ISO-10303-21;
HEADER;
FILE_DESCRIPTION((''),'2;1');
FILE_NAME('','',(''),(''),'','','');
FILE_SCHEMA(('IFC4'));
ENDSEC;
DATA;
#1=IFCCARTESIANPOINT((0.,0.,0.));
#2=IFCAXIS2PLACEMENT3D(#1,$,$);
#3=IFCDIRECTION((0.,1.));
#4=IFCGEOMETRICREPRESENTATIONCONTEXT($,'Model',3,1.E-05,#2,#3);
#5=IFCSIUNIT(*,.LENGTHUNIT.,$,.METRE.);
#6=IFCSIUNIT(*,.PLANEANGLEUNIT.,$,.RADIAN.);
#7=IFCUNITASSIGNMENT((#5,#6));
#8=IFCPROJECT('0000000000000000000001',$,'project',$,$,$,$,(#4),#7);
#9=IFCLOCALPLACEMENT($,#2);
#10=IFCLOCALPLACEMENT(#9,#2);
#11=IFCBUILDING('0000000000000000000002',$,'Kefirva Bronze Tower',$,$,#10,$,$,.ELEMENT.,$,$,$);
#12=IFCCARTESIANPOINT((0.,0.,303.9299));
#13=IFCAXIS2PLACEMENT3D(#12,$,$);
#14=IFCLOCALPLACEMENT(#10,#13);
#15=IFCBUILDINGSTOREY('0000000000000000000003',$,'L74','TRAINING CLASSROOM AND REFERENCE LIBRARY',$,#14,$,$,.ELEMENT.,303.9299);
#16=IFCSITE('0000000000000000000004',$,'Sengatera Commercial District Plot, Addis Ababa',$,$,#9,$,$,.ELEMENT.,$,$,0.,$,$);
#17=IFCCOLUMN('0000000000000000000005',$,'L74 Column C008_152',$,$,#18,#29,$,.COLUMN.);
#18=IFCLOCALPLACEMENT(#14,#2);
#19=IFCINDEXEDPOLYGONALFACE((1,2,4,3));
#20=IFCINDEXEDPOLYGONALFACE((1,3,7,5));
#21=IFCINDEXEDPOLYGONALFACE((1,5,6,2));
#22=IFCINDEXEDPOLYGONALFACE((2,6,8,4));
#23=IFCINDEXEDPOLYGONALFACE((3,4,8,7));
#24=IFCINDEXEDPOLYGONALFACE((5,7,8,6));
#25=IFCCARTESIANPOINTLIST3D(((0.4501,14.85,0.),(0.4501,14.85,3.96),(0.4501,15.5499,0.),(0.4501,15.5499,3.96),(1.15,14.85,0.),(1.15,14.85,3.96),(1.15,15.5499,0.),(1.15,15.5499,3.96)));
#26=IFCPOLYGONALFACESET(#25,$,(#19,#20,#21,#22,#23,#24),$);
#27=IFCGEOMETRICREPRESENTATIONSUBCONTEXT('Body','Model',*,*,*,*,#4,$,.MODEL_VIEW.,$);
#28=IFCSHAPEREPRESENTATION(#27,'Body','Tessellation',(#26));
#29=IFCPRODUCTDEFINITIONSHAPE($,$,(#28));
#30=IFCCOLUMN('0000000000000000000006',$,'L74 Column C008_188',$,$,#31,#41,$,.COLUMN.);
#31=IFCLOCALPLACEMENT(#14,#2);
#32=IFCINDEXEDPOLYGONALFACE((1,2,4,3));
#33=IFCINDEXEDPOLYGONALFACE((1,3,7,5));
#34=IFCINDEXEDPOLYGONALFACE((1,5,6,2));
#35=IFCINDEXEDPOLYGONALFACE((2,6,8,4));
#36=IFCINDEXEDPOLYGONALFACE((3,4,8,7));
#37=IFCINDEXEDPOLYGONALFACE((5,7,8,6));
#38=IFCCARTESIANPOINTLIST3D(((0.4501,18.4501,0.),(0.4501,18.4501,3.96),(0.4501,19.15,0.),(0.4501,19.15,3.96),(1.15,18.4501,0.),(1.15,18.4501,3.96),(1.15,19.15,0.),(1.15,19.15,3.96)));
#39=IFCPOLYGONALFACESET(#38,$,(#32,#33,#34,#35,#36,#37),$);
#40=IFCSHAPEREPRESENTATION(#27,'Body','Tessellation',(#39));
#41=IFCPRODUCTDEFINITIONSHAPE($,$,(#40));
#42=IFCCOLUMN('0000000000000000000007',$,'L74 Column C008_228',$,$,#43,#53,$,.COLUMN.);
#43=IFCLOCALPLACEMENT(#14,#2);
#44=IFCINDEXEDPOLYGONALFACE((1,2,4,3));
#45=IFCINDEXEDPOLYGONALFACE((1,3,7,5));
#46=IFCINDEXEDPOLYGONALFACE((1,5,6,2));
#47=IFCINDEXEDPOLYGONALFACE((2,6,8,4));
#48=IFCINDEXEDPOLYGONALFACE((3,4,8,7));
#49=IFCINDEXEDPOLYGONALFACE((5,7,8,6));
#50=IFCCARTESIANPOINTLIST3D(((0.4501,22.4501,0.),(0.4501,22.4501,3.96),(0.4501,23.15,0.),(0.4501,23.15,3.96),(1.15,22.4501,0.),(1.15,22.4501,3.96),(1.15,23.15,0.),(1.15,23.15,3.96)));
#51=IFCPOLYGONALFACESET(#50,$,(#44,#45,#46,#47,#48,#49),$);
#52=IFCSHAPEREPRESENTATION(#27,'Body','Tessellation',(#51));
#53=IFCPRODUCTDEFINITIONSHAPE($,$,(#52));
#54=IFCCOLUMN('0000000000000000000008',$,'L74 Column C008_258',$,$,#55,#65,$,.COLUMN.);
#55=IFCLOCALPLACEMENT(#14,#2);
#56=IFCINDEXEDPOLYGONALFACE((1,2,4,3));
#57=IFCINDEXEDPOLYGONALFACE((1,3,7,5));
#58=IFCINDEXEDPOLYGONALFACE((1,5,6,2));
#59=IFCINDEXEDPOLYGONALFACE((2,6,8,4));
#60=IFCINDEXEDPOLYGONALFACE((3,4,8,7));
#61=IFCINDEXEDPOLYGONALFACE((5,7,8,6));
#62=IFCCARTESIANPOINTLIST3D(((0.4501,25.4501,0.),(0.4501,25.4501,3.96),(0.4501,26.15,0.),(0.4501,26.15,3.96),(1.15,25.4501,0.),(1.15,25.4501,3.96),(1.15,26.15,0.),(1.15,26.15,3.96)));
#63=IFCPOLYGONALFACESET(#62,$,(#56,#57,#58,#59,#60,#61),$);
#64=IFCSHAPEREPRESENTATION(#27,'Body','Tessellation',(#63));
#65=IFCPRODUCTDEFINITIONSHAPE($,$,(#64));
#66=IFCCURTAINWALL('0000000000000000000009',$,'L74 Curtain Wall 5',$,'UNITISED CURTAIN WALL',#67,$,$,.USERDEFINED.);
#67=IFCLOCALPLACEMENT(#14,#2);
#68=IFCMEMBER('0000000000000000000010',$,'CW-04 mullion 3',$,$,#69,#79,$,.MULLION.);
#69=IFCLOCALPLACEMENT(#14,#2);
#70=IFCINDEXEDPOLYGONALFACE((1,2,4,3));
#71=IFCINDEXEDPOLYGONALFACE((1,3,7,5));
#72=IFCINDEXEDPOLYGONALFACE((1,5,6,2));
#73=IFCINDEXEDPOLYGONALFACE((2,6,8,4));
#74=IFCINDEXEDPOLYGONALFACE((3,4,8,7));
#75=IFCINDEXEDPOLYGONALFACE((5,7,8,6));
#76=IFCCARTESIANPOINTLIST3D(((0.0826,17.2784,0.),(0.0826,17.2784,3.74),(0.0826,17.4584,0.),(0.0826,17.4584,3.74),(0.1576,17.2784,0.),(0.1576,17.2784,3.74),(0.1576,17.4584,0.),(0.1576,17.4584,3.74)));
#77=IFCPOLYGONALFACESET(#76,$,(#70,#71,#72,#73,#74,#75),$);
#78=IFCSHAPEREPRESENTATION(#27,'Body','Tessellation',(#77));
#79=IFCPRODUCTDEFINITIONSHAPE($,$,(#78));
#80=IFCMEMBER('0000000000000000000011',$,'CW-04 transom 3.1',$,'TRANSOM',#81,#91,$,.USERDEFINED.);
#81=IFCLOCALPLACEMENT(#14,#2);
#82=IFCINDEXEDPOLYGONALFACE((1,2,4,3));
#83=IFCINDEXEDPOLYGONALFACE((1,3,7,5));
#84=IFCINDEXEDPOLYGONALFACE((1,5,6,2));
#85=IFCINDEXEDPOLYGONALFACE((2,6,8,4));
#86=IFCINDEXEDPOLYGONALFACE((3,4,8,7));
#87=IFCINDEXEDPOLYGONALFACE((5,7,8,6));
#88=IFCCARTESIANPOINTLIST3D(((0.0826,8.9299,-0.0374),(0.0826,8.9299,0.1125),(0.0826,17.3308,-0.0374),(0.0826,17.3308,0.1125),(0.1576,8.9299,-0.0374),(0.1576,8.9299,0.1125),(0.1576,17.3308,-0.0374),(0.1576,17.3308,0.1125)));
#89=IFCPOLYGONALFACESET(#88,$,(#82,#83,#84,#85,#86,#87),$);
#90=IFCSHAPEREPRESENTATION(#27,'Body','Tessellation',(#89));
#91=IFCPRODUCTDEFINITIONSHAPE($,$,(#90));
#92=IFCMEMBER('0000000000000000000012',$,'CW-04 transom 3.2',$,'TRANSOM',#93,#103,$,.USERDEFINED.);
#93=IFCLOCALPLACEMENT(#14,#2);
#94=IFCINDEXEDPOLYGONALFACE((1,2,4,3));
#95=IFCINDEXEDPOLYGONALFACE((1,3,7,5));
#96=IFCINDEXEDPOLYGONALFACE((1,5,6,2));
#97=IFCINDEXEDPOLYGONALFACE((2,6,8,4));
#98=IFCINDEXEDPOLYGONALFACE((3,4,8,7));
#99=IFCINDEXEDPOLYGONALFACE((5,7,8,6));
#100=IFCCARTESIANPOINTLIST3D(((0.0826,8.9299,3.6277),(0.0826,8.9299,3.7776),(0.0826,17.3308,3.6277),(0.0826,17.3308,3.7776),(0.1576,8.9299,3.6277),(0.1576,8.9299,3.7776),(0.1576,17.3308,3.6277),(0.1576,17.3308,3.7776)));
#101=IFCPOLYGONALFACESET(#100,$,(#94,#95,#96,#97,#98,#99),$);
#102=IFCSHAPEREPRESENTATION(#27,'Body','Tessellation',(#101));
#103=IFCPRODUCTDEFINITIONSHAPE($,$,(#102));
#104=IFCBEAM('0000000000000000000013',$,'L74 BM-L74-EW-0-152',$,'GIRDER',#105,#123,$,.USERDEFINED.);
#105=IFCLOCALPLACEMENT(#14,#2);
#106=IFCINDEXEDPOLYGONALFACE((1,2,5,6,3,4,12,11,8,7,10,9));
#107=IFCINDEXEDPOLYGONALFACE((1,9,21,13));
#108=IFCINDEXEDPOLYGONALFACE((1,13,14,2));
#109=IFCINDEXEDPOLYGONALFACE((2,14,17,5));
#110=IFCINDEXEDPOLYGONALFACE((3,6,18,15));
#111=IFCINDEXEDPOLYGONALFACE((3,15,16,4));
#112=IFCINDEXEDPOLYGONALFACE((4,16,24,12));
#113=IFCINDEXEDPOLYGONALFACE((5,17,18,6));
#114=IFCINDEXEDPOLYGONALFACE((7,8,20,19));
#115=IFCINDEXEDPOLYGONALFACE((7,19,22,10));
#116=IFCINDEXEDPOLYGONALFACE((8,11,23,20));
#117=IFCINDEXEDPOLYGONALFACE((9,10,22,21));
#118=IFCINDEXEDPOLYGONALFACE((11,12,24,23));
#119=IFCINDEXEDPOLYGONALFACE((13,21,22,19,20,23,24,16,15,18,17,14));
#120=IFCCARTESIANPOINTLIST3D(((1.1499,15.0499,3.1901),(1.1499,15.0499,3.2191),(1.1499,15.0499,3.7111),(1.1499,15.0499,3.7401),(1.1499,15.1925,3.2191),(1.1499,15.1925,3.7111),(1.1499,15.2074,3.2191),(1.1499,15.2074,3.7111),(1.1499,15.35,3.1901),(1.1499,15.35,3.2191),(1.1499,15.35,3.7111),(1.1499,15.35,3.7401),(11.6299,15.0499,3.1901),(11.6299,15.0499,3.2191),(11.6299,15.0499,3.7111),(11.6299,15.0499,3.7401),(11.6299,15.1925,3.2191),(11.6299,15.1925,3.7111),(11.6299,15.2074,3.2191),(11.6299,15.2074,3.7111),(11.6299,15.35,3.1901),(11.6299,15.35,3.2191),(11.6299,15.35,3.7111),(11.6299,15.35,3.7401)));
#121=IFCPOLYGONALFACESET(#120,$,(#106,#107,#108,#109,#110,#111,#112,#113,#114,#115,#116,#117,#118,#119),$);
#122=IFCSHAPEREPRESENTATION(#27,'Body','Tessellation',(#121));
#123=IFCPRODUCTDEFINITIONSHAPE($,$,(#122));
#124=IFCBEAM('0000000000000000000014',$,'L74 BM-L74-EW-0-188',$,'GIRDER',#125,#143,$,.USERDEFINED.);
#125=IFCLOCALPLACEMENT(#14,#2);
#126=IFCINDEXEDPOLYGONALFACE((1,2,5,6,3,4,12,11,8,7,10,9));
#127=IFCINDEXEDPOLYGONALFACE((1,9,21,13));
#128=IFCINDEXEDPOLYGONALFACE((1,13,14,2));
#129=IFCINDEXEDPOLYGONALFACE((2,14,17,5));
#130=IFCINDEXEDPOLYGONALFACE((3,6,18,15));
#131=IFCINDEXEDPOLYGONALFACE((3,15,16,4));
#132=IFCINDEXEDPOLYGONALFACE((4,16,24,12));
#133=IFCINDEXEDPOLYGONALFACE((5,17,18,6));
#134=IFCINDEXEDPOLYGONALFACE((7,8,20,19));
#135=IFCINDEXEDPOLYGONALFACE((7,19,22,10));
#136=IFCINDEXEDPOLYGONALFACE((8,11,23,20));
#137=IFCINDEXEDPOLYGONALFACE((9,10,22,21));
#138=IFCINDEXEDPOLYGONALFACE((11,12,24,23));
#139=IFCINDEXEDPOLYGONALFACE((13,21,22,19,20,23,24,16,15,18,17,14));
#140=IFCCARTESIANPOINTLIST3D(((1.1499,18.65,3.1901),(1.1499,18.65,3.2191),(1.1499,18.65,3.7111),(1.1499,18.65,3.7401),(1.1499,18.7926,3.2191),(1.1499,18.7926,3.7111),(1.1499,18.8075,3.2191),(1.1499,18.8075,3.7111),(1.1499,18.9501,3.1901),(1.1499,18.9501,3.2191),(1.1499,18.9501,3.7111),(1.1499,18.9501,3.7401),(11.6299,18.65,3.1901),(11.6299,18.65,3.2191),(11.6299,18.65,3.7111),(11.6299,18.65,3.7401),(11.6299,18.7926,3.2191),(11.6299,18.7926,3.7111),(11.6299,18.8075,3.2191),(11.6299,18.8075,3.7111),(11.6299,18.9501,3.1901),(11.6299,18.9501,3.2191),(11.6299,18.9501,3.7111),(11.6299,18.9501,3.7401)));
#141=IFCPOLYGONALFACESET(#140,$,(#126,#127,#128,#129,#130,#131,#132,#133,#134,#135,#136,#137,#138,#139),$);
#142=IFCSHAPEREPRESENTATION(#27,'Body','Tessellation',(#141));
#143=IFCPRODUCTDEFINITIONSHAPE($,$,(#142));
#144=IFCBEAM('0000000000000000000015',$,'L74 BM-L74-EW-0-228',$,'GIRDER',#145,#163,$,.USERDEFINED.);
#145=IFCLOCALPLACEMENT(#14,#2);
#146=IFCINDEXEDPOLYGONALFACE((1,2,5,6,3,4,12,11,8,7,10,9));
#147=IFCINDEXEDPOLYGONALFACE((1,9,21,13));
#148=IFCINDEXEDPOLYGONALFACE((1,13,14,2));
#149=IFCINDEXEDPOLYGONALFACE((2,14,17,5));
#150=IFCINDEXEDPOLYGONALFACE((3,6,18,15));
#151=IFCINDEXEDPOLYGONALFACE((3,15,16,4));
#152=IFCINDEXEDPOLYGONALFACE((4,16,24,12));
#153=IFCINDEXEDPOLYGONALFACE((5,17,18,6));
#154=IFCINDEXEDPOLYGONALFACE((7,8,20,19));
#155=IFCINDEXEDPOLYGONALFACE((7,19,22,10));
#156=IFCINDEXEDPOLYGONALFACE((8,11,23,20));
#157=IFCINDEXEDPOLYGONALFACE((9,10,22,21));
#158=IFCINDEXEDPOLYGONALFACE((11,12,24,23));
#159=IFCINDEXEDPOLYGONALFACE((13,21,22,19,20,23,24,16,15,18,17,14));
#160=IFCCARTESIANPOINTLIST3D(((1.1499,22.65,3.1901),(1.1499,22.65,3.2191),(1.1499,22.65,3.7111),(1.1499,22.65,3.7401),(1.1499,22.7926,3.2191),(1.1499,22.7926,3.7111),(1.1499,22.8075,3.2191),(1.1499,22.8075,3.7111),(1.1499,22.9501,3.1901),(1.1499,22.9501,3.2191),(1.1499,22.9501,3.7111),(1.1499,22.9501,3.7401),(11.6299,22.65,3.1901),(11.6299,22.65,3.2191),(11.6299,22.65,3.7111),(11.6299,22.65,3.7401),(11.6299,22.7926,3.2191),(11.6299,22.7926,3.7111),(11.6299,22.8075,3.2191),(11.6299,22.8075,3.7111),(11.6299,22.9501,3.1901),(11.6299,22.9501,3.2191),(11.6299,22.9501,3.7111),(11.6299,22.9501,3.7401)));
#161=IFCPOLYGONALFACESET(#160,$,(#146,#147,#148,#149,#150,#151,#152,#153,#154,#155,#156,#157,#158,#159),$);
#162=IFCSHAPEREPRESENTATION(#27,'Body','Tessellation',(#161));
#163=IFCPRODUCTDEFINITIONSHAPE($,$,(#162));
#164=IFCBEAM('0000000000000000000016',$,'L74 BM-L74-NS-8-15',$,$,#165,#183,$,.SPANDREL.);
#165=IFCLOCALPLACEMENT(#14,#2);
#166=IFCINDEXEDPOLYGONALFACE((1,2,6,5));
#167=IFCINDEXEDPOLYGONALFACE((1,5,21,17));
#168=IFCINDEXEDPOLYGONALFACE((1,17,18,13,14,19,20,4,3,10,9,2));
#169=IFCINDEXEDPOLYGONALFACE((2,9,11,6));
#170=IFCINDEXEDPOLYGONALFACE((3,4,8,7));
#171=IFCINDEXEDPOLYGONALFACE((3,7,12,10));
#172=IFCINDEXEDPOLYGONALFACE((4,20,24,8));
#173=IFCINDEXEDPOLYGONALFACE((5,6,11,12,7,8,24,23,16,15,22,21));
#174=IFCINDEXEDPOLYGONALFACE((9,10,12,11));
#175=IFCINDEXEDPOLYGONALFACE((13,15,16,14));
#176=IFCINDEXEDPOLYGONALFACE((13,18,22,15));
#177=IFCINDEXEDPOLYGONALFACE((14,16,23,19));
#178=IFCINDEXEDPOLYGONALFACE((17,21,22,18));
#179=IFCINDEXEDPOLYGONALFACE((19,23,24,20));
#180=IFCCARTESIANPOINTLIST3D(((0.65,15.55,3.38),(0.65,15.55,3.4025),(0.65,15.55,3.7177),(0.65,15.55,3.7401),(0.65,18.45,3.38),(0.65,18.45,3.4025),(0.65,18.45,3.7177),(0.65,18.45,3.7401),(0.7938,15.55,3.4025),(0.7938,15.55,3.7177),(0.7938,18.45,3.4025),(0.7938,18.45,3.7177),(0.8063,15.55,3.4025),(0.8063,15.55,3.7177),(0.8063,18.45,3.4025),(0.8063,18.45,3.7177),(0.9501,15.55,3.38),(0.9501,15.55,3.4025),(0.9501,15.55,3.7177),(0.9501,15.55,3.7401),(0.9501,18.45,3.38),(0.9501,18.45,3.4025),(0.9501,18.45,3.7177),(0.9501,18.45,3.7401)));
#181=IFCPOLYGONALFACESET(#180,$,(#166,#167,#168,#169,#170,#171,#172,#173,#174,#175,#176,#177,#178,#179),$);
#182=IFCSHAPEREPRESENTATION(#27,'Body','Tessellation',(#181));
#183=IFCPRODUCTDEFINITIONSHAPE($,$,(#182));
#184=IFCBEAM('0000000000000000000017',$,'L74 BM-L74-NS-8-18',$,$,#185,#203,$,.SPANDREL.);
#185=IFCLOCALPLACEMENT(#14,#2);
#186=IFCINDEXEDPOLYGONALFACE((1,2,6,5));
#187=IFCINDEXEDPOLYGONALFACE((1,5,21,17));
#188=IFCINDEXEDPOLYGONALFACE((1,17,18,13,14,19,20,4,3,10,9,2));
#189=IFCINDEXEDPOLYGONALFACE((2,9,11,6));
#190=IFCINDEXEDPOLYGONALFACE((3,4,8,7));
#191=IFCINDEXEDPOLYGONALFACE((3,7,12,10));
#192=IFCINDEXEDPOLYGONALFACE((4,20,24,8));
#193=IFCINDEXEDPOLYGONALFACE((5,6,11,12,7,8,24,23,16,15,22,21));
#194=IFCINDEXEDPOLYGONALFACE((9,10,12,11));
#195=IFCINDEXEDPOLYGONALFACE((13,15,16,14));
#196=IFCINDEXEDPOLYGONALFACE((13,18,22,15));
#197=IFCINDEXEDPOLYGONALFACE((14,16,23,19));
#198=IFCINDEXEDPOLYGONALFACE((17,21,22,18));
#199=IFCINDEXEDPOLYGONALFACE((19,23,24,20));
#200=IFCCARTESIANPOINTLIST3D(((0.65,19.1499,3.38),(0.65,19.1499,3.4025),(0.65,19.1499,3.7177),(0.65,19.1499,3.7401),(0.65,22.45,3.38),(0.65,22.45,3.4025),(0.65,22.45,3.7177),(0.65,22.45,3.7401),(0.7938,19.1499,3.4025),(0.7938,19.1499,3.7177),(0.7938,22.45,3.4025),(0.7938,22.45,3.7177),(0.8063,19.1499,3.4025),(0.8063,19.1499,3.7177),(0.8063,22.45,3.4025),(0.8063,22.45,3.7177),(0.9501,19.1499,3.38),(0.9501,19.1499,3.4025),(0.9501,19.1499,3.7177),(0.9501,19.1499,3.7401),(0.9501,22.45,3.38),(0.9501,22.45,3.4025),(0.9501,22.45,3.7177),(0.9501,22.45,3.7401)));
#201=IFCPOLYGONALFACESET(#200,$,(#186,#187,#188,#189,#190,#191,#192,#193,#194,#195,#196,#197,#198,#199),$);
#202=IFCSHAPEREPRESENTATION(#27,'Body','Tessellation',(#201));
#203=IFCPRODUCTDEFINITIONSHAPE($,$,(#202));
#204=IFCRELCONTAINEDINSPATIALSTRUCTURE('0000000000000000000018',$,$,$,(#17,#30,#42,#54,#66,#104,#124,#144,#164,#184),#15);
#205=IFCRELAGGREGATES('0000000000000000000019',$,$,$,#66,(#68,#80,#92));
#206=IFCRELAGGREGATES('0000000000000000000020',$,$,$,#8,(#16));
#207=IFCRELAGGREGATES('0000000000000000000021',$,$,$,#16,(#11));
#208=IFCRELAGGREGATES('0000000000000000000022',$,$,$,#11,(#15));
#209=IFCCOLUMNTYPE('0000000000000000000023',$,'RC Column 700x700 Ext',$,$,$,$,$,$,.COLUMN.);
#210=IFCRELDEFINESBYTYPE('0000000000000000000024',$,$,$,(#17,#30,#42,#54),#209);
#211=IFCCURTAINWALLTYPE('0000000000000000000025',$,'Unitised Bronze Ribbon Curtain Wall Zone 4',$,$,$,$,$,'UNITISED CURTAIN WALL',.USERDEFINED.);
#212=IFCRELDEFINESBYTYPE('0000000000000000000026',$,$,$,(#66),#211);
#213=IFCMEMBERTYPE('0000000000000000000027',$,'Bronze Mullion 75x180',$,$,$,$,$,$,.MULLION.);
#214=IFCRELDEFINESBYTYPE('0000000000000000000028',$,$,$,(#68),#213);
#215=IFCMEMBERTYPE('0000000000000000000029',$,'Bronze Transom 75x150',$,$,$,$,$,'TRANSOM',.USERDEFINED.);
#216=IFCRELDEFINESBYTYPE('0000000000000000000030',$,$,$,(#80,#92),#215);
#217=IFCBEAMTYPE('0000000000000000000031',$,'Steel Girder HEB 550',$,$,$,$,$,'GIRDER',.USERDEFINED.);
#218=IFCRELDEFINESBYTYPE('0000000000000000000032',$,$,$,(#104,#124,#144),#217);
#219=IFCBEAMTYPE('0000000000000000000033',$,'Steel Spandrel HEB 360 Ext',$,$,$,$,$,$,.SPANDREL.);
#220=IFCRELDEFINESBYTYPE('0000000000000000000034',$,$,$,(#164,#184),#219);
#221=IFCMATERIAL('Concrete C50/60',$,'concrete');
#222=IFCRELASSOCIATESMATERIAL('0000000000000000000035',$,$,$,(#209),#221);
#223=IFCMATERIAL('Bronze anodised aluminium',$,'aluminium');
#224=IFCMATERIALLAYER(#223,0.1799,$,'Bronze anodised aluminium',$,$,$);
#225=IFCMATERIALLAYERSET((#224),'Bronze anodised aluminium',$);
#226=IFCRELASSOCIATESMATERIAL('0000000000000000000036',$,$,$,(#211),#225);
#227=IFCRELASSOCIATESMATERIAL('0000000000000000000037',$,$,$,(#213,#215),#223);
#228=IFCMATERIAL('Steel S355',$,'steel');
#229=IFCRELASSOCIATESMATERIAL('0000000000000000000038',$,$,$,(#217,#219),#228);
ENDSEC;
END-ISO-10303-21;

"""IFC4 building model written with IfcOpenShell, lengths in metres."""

from ifc_helpers import new_model, si_unit, direction, frame, origin, origin_2d, place, context, subcontext, project, spatial, rectangle, i_section, extrude, material, layer, layer_set, material_profile, profile_set, type_object, element, aggregate, save


model = new_model("IFC4")

# Units and contexts
model_context = context("Model", 3, precision=1e-05, world=origin(), true_north=direction((0.0, 1.0)))
body_context = subcontext(model_context, "Body", "Model", "MODEL_VIEW")
ifc_project = project(units=[si_unit("LENGTHUNIT", "METRE"), si_unit("PLANEANGLEUNIT", "RADIAN")], contexts=[model_context])

# Site, building, storey
site_placement = place(None, origin())
site = spatial("IfcSite", under=ifc_project, at=site_placement, Name="Sengatera Commercial District Plot, Addis Ababa", CompositionType="ELEMENT", RefElevation=0.0)
building_placement = place(site_placement, origin())
building = spatial("IfcBuilding", under=site, at=building_placement, Name="Kefirva Bronze Tower", CompositionType="ELEMENT")
storey_placement = place(building_placement, frame((0.0, 0.0, 303.9299)))
storey = spatial("IfcBuildingStorey", under=building, at=storey_placement, Name="L74", Description="TRAINING CLASSROOM AND REFERENCE LIBRARY", CompositionType="ELEMENT", Elevation=303.9299)

# Columns
ifc_material_1 = material(Name="Concrete C50/60", Category="concrete")
ifc_material_profile_1 = material_profile(ifc_material_1, rectangle(XDim=0.7, YDim=0.7, at=origin_2d()), Name="RC 700x700")
ifc_profile_set_1 = profile_set([ifc_material_profile_1], Name="Concrete C50/60")
column_type = type_object("IfcColumnType", Name="RC Column 700x700 Ext", PredefinedType="COLUMN", material=ifc_profile_set_1)
for number, where, z_axis, x_axis, name in (
    (1, (0.8, 15.2, 0.0), (0.0, 0.0, 1.0), (1.0, 0.0, 0.0), "L74 Column C008_152"),
    (2, (0.8, 18.8, 0.0), (0.0, 0.0, 1.0), (1.0, 0.0, 0.0), "L74 Column C008_188"),
    (3, (0.8, 22.8, 0.0), (0.0, 0.0, 1.0), (1.0, 0.0, 0.0), "L74 Column C008_228"),
    (4, (0.8, 25.8, 0.0), (0.0, 0.0, 1.0), (1.0, 0.0, 0.0), "L74 Column C008_258"),
):
    element("IfcColumn", number, at=place(storey_placement, frame(where, z_axis=z_axis, x_axis=x_axis)), inside=storey, type_object=column_type, Name=name, PredefinedType="COLUMN", context=body_context, shape_type="SweptSolid", body=[
        extrude(rectangle(XDim=0.7, YDim=0.7, at=origin_2d()), origin(), (0.0, 0.0, 1.0), 3.96),
    ])

# Curtain wall, members
ifc_material_2 = material(Name="Bronze anodised aluminium", Category="aluminium")
ifc_layer_1 = layer(ifc_material_2, 0.1799, Name="Bronze anodised aluminium")
ifc_layer_set_1 = layer_set([ifc_layer_1], Name="Bronze anodised aluminium")
curtain_wall_type = type_object("IfcCurtainWallType", Name="Unitised Bronze Ribbon Curtain Wall Zone 4", ElementType="UNITISED CURTAIN WALL", PredefinedType="USERDEFINED", material=ifc_layer_set_1)
curtain_wall_placement = place(storey_placement, origin())
curtain_wall = element("IfcCurtainWall", 5, at=curtain_wall_placement, inside=storey, type_object=curtain_wall_type, Name="L74 Curtain Wall 5", ObjectType="UNITISED CURTAIN WALL", PredefinedType="USERDEFINED")
ifc_material_profile_2 = material_profile(ifc_material_2, rectangle(XDim=0.075, YDim=0.1799, at=origin_2d()), Name="ALU 75x180")
ifc_profile_set_2 = profile_set([ifc_material_profile_2], Name="Bronze anodised aluminium")
member_type_1 = type_object("IfcMemberType", Name="Bronze Mullion 75x180", PredefinedType="MULLION", material=ifc_profile_set_2)
member_1_placement = place(storey_placement, frame((0.1201, 17.3684, 0.0), z_axis=(0.0, 0.0, 1.0), x_axis=(1.0, 0.0, 0.0)))
member_1 = element("IfcMember", 6, at=member_1_placement, type_object=member_type_1, Name="CW-04 mullion 3", PredefinedType="MULLION", context=body_context, shape_type="SweptSolid", body=[
    extrude(rectangle(XDim=0.075, YDim=0.1799, at=origin_2d()), origin(), (0.0, 0.0, 1.0), 3.74),
])
ifc_material_profile_3 = material_profile(ifc_material_2, rectangle(XDim=0.075, YDim=0.1499, at=origin_2d()), Name="ALU 75x150")
ifc_profile_set_3 = profile_set([ifc_material_profile_3], Name="Bronze anodised aluminium")
member_type_2 = type_object("IfcMemberType", Name="Bronze Transom 75x150", ElementType="TRANSOM", PredefinedType="USERDEFINED", material=ifc_profile_set_3)
member_2_placement = place(storey_placement, frame((0.1201, 17.3308, 0.0376), z_axis=(0.0, -1.0, 0.0), x_axis=(1.0, 0.0, 0.0)))
member_2 = element("IfcMember", 7, at=member_2_placement, type_object=member_type_2, Name="CW-04 transom 3.1", ObjectType="TRANSOM", PredefinedType="USERDEFINED", context=body_context, shape_type="SweptSolid", body=[
    extrude(rectangle(XDim=0.075, YDim=0.1499, at=origin_2d()), origin(), (0.0, 0.0, 1.0), 8.4009),
])
member_3_placement = place(storey_placement, frame((0.1201, 17.3308, 3.7026), z_axis=(0.0, -1.0, 0.0), x_axis=(1.0, 0.0, 0.0)))
member_3 = element("IfcMember", 8, at=member_3_placement, type_object=member_type_2, Name="CW-04 transom 3.2", ObjectType="TRANSOM", PredefinedType="USERDEFINED", context=body_context, shape_type="SweptSolid", body=[
    extrude(rectangle(XDim=0.075, YDim=0.1499, at=origin_2d()), origin(), (0.0, 0.0, 1.0), 8.4009),
])

# Beams
ifc_material_3 = material(Name="Steel S355", Category="steel")
ifc_material_profile_4 = material_profile(ifc_material_3, i_section(OverallWidth=0.3, OverallDepth=0.55, WebThickness=0.0149, FlangeThickness=0.0291, at=origin_2d()), Name="HEB 550")
ifc_profile_set_4 = profile_set([ifc_material_profile_4], Name="Steel S355")
beam_type_1 = type_object("IfcBeamType", Name="Steel Girder HEB 550", ElementType="GIRDER", PredefinedType="USERDEFINED", material=ifc_profile_set_4)
for number, where, z_axis, x_axis, name in (
    (9, (1.1499, 15.2, 3.4651), (1.0, 0.0, 0.0), (0.0, 1.0, 0.0), "L74 BM-L74-EW-0-152"),
    (10, (1.1499, 18.8, 3.4651), (1.0, 0.0, 0.0), (0.0, 1.0, 0.0), "L74 BM-L74-EW-0-188"),
    (11, (1.1499, 22.8, 3.4651), (1.0, 0.0, 0.0), (0.0, 1.0, 0.0), "L74 BM-L74-EW-0-228"),
):
    element("IfcBeam", number, at=place(storey_placement, frame(where, z_axis=z_axis, x_axis=x_axis)), inside=storey, type_object=beam_type_1, Name=name, ObjectType="GIRDER", PredefinedType="USERDEFINED", context=body_context, shape_type="SweptSolid", body=[
        extrude(i_section(OverallWidth=0.3, OverallDepth=0.55, WebThickness=0.0149, FlangeThickness=0.0291, at=origin_2d()), origin(), (0.0, 0.0, 1.0), 10.48),
    ])
ifc_material_profile_5 = material_profile(ifc_material_3, i_section(OverallWidth=0.3, OverallDepth=0.3601, WebThickness=0.0125, FlangeThickness=0.0225, at=origin_2d()), Name="HEB 360")
ifc_profile_set_5 = profile_set([ifc_material_profile_5], Name="Steel S355")
beam_type_2 = type_object("IfcBeamType", Name="Steel Spandrel HEB 360 Ext", PredefinedType="SPANDREL", material=ifc_profile_set_5)
beam_1_placement = place(storey_placement, frame((0.8, 15.55, 3.5601), z_axis=(0.0, 1.0, 0.0), x_axis=(-1.0, 0.0, 0.0)))
element("IfcBeam", 12, at=beam_1_placement, inside=storey, type_object=beam_type_2, Name="L74 BM-L74-NS-8-15", PredefinedType="SPANDREL", context=body_context, shape_type="SweptSolid", body=[
    extrude(i_section(OverallWidth=0.3, OverallDepth=0.3601, WebThickness=0.0125, FlangeThickness=0.0225, at=origin_2d()), origin(), (0.0, 0.0, 1.0), 2.8999),
])
beam_2_placement = place(storey_placement, frame((0.8, 19.1499, 3.5601), z_axis=(0.0, 1.0, 0.0), x_axis=(-1.0, 0.0, 0.0)))
element("IfcBeam", 13, at=beam_2_placement, inside=storey, type_object=beam_type_2, Name="L74 BM-L74-NS-8-18", PredefinedType="SPANDREL", context=body_context, shape_type="SweptSolid", body=[
    extrude(i_section(OverallWidth=0.3, OverallDepth=0.3601, WebThickness=0.0125, FlangeThickness=0.0225, at=origin_2d()), origin(), (0.0, 0.0, 1.0), 3.3),
])

aggregate(curtain_wall, [member_1, member_2, member_3])

save(model, "model.ifc")
